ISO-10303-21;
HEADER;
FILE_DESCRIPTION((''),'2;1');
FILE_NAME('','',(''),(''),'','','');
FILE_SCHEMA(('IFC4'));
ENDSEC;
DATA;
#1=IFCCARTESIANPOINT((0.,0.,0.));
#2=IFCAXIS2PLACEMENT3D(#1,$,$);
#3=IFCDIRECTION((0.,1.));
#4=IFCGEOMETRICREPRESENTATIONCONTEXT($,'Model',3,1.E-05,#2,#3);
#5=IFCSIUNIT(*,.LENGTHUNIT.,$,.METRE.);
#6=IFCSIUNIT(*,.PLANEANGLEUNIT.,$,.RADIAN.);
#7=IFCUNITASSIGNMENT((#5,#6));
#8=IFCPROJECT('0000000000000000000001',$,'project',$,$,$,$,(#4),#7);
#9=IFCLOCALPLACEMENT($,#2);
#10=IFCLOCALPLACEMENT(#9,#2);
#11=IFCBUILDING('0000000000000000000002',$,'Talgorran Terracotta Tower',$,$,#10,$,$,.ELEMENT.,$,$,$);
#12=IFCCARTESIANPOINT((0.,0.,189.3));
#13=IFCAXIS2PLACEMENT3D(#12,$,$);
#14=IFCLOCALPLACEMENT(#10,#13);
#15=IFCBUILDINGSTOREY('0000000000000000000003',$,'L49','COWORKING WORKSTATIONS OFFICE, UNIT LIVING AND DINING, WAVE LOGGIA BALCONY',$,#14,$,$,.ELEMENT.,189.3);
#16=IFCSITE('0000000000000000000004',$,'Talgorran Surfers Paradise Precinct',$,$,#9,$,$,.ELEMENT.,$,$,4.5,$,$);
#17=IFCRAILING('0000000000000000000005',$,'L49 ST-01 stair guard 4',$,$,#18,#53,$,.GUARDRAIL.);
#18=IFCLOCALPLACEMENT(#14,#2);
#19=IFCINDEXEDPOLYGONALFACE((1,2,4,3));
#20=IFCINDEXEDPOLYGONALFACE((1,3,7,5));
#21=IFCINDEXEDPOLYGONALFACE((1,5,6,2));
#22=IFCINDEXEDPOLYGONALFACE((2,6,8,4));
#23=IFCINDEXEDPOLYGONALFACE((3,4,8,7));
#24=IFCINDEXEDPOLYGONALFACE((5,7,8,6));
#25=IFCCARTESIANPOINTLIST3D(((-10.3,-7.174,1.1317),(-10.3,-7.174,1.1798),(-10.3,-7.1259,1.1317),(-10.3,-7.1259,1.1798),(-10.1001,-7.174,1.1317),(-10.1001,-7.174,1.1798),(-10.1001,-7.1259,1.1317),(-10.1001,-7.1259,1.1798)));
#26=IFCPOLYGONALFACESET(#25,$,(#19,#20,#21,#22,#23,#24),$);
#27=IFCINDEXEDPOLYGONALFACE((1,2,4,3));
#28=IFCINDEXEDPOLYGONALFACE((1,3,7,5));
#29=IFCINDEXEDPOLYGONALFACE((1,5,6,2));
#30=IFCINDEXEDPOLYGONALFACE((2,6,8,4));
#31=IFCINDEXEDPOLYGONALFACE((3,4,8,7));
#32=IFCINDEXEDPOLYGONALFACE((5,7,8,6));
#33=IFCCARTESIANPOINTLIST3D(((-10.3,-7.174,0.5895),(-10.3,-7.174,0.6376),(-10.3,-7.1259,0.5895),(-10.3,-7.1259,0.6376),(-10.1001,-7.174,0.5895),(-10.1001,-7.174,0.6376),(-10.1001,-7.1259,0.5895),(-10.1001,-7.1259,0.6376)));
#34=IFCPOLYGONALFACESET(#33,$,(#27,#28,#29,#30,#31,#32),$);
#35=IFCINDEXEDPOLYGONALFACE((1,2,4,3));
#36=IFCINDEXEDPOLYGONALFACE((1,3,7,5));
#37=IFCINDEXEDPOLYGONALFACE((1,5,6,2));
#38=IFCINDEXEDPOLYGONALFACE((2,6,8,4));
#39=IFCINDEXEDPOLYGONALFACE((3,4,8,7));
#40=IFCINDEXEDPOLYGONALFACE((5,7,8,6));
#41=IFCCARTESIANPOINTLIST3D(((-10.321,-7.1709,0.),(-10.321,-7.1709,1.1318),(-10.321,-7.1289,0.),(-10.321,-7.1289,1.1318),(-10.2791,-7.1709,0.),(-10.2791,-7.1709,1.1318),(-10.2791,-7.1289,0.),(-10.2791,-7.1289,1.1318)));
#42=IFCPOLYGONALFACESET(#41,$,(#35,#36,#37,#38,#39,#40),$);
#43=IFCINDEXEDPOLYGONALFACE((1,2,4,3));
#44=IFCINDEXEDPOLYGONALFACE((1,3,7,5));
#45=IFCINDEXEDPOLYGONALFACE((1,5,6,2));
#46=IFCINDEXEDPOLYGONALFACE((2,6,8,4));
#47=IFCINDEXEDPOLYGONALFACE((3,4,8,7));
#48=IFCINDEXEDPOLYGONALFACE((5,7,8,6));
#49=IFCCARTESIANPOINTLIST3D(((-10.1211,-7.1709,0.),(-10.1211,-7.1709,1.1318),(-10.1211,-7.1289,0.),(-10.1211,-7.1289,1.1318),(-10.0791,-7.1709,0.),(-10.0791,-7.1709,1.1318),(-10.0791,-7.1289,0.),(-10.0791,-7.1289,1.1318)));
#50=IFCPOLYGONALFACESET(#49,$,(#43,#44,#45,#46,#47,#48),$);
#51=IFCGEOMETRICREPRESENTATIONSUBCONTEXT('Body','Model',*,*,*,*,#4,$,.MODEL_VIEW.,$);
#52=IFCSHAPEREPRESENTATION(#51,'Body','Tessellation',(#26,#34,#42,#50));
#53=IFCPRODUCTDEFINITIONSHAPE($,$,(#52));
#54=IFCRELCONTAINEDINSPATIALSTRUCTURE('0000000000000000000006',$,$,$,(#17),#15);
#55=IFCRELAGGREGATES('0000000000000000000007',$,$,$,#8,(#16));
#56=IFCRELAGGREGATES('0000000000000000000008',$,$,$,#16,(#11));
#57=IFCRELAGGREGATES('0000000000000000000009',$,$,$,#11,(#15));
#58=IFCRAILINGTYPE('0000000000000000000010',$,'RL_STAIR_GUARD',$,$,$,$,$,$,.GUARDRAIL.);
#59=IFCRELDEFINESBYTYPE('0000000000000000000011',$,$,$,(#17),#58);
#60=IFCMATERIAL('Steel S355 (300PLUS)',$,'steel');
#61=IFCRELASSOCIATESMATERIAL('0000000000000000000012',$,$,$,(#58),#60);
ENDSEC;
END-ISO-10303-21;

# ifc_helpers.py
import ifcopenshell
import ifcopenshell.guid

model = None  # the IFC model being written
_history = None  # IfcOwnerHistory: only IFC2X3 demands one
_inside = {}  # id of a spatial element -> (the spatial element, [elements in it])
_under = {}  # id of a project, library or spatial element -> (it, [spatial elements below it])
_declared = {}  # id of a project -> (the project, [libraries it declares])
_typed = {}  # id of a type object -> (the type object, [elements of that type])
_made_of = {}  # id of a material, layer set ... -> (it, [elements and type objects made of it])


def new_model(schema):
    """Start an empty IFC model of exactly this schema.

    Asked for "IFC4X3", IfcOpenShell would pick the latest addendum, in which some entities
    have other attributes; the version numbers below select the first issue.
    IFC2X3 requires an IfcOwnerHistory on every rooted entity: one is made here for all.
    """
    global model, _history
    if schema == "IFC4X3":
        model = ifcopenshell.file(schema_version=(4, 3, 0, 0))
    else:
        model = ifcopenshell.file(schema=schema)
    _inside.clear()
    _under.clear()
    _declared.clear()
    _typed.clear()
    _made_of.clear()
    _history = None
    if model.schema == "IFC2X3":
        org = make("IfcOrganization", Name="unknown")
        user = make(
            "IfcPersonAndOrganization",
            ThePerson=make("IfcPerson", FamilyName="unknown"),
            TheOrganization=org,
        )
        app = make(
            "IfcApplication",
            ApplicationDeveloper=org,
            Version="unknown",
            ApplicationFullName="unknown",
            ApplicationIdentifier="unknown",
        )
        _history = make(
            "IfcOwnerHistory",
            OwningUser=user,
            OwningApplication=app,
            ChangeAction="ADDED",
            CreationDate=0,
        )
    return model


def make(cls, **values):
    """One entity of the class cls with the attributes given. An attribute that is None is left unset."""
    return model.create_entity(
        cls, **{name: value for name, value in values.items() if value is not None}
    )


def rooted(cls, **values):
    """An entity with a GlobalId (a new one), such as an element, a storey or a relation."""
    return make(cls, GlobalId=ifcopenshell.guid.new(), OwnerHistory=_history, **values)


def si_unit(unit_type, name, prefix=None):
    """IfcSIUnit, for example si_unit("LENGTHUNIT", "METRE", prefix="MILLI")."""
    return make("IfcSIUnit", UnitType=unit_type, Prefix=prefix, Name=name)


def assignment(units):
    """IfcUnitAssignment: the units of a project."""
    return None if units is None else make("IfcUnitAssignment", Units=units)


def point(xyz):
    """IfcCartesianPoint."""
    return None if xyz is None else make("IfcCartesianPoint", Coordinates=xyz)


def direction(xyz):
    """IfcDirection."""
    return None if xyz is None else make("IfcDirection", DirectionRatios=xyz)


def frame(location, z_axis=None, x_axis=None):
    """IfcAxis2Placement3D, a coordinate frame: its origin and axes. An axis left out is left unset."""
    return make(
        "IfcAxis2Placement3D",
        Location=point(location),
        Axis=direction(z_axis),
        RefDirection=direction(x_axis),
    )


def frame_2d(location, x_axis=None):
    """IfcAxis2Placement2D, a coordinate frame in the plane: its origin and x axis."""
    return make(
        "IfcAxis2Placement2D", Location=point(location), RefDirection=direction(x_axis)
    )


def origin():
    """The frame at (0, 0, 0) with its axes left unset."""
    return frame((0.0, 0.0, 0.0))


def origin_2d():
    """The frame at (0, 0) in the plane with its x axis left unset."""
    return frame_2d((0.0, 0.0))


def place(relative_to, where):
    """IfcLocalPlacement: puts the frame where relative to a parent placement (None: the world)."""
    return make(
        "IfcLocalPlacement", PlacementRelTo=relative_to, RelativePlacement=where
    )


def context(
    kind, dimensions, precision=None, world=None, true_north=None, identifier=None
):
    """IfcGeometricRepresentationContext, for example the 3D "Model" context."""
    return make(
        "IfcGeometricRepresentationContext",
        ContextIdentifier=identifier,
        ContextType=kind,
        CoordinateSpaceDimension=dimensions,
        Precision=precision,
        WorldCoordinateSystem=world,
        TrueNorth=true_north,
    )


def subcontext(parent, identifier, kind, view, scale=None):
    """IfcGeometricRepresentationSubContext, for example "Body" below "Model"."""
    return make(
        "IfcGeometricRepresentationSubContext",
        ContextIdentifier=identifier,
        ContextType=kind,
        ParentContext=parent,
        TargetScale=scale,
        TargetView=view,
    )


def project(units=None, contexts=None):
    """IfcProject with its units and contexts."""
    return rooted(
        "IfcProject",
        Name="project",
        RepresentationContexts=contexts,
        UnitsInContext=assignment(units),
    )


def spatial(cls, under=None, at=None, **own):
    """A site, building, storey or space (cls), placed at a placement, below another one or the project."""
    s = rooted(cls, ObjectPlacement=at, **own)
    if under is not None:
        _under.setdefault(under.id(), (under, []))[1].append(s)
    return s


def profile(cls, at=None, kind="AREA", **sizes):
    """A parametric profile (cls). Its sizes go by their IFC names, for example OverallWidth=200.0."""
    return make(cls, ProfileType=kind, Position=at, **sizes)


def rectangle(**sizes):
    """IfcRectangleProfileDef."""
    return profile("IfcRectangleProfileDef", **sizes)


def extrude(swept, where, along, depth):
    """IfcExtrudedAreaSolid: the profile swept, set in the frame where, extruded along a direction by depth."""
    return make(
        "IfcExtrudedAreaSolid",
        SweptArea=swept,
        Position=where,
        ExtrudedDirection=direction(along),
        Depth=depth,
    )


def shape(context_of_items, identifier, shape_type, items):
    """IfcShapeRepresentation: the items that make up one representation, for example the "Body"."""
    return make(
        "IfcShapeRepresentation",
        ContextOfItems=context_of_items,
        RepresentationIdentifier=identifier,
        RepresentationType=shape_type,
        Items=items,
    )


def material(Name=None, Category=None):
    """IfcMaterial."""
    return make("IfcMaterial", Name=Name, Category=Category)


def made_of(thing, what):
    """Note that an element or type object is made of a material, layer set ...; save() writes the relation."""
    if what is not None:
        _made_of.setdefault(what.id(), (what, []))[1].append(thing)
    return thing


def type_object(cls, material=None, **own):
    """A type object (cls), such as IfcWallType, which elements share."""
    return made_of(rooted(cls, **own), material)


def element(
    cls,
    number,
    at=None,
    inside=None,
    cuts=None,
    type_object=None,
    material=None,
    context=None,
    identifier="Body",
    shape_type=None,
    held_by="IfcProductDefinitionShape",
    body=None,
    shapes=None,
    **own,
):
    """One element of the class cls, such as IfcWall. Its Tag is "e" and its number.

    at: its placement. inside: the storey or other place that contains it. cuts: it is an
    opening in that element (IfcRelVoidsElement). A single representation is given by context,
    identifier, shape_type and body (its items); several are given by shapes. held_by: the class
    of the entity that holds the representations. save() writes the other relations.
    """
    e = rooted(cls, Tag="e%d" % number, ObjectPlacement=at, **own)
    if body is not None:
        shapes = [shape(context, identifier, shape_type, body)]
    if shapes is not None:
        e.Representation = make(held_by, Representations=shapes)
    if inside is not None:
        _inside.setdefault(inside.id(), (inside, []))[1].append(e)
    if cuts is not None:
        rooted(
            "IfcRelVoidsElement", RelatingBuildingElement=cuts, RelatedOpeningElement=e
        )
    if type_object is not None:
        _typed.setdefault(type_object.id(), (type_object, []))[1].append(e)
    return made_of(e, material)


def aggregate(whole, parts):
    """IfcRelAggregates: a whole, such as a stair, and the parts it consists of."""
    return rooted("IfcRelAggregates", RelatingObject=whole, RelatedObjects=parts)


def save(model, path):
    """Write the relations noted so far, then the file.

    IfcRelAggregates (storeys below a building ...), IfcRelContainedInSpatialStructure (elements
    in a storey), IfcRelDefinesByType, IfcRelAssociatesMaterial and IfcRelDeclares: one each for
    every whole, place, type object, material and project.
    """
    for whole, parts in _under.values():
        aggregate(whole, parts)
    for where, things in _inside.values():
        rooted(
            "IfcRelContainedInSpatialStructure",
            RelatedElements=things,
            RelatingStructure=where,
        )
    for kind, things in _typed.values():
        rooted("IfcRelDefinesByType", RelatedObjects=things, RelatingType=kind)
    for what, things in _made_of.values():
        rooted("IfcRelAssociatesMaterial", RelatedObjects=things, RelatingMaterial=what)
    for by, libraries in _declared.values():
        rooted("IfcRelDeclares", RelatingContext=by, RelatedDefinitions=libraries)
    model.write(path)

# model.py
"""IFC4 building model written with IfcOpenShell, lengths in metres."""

from ifc_helpers import new_model, si_unit, direction, frame, origin, origin_2d, place, context, subcontext, project, spatial, rectangle, extrude, material, type_object, element, save


model = new_model("IFC4")

# Units and contexts
model_context = context("Model", 3, precision=1e-05, world=origin(), true_north=direction((0.0, 1.0)))
body_context = subcontext(model_context, "Body", "Model", "MODEL_VIEW")
ifc_project = project(units=[si_unit("LENGTHUNIT", "METRE"), si_unit("PLANEANGLEUNIT", "RADIAN")], contexts=[model_context])

# Site, building, storey
site_placement = place(None, origin())
site = spatial("IfcSite", under=ifc_project, at=site_placement, Name="Talgorran Surfers Paradise Precinct", CompositionType="ELEMENT", RefElevation=4.5)
building_placement = place(site_placement, origin())
building = spatial("IfcBuilding", under=site, at=building_placement, Name="Talgorran Terracotta Tower", CompositionType="ELEMENT")
storey_placement = place(building_placement, frame((0.0, 0.0, 189.3)))
storey = spatial("IfcBuildingStorey", under=building, at=storey_placement, Name="L49", Description="COWORKING WORKSTATIONS OFFICE, UNIT LIVING AND DINING, WAVE LOGGIA BALCONY", CompositionType="ELEMENT", Elevation=189.3)

# Railing
ifc_material_1 = material(Name="Steel S355 (300PLUS)", Category="steel")
railing_type_1 = type_object("IfcRailingType", Name="RL_STAIR_GUARD", PredefinedType="GUARDRAIL", material=ifc_material_1)
railing_1_placement = place(storey_placement, frame((-10.3, -7.1499, 0.0)))
element("IfcRailing", 1, at=railing_1_placement, inside=storey, type_object=railing_type_1, Name="L49 ST-01 stair guard 4", PredefinedType="GUARDRAIL", context=body_context, shape_type="SweptSolid", body=[
    extrude(rectangle(XDim=0.0481, YDim=0.0481, at=origin_2d()), frame((0.0, 0.0, 1.1558), z_axis=(1.0, 0.0, 0.0), x_axis=(0.0, 1.0, 0.0)), (0.0, 0.0, 1.0), 0.2),
    extrude(rectangle(XDim=0.0481, YDim=0.0481, at=origin_2d()), frame((0.0, 0.0, 0.6135), z_axis=(1.0, 0.0, 0.0), x_axis=(0.0, 1.0, 0.0)), (0.0, 0.0, 1.0), 0.2),
    extrude(rectangle(XDim=0.042, YDim=0.042, at=origin_2d()), origin(), (0.0, 0.0, 1.0), 1.1318),
    extrude(rectangle(XDim=0.042, YDim=0.042, at=origin_2d()), frame((0.2, 0.0, 0.0)), (0.0, 0.0, 1.0), 1.1318),
])

save(model, "model.ifc")
